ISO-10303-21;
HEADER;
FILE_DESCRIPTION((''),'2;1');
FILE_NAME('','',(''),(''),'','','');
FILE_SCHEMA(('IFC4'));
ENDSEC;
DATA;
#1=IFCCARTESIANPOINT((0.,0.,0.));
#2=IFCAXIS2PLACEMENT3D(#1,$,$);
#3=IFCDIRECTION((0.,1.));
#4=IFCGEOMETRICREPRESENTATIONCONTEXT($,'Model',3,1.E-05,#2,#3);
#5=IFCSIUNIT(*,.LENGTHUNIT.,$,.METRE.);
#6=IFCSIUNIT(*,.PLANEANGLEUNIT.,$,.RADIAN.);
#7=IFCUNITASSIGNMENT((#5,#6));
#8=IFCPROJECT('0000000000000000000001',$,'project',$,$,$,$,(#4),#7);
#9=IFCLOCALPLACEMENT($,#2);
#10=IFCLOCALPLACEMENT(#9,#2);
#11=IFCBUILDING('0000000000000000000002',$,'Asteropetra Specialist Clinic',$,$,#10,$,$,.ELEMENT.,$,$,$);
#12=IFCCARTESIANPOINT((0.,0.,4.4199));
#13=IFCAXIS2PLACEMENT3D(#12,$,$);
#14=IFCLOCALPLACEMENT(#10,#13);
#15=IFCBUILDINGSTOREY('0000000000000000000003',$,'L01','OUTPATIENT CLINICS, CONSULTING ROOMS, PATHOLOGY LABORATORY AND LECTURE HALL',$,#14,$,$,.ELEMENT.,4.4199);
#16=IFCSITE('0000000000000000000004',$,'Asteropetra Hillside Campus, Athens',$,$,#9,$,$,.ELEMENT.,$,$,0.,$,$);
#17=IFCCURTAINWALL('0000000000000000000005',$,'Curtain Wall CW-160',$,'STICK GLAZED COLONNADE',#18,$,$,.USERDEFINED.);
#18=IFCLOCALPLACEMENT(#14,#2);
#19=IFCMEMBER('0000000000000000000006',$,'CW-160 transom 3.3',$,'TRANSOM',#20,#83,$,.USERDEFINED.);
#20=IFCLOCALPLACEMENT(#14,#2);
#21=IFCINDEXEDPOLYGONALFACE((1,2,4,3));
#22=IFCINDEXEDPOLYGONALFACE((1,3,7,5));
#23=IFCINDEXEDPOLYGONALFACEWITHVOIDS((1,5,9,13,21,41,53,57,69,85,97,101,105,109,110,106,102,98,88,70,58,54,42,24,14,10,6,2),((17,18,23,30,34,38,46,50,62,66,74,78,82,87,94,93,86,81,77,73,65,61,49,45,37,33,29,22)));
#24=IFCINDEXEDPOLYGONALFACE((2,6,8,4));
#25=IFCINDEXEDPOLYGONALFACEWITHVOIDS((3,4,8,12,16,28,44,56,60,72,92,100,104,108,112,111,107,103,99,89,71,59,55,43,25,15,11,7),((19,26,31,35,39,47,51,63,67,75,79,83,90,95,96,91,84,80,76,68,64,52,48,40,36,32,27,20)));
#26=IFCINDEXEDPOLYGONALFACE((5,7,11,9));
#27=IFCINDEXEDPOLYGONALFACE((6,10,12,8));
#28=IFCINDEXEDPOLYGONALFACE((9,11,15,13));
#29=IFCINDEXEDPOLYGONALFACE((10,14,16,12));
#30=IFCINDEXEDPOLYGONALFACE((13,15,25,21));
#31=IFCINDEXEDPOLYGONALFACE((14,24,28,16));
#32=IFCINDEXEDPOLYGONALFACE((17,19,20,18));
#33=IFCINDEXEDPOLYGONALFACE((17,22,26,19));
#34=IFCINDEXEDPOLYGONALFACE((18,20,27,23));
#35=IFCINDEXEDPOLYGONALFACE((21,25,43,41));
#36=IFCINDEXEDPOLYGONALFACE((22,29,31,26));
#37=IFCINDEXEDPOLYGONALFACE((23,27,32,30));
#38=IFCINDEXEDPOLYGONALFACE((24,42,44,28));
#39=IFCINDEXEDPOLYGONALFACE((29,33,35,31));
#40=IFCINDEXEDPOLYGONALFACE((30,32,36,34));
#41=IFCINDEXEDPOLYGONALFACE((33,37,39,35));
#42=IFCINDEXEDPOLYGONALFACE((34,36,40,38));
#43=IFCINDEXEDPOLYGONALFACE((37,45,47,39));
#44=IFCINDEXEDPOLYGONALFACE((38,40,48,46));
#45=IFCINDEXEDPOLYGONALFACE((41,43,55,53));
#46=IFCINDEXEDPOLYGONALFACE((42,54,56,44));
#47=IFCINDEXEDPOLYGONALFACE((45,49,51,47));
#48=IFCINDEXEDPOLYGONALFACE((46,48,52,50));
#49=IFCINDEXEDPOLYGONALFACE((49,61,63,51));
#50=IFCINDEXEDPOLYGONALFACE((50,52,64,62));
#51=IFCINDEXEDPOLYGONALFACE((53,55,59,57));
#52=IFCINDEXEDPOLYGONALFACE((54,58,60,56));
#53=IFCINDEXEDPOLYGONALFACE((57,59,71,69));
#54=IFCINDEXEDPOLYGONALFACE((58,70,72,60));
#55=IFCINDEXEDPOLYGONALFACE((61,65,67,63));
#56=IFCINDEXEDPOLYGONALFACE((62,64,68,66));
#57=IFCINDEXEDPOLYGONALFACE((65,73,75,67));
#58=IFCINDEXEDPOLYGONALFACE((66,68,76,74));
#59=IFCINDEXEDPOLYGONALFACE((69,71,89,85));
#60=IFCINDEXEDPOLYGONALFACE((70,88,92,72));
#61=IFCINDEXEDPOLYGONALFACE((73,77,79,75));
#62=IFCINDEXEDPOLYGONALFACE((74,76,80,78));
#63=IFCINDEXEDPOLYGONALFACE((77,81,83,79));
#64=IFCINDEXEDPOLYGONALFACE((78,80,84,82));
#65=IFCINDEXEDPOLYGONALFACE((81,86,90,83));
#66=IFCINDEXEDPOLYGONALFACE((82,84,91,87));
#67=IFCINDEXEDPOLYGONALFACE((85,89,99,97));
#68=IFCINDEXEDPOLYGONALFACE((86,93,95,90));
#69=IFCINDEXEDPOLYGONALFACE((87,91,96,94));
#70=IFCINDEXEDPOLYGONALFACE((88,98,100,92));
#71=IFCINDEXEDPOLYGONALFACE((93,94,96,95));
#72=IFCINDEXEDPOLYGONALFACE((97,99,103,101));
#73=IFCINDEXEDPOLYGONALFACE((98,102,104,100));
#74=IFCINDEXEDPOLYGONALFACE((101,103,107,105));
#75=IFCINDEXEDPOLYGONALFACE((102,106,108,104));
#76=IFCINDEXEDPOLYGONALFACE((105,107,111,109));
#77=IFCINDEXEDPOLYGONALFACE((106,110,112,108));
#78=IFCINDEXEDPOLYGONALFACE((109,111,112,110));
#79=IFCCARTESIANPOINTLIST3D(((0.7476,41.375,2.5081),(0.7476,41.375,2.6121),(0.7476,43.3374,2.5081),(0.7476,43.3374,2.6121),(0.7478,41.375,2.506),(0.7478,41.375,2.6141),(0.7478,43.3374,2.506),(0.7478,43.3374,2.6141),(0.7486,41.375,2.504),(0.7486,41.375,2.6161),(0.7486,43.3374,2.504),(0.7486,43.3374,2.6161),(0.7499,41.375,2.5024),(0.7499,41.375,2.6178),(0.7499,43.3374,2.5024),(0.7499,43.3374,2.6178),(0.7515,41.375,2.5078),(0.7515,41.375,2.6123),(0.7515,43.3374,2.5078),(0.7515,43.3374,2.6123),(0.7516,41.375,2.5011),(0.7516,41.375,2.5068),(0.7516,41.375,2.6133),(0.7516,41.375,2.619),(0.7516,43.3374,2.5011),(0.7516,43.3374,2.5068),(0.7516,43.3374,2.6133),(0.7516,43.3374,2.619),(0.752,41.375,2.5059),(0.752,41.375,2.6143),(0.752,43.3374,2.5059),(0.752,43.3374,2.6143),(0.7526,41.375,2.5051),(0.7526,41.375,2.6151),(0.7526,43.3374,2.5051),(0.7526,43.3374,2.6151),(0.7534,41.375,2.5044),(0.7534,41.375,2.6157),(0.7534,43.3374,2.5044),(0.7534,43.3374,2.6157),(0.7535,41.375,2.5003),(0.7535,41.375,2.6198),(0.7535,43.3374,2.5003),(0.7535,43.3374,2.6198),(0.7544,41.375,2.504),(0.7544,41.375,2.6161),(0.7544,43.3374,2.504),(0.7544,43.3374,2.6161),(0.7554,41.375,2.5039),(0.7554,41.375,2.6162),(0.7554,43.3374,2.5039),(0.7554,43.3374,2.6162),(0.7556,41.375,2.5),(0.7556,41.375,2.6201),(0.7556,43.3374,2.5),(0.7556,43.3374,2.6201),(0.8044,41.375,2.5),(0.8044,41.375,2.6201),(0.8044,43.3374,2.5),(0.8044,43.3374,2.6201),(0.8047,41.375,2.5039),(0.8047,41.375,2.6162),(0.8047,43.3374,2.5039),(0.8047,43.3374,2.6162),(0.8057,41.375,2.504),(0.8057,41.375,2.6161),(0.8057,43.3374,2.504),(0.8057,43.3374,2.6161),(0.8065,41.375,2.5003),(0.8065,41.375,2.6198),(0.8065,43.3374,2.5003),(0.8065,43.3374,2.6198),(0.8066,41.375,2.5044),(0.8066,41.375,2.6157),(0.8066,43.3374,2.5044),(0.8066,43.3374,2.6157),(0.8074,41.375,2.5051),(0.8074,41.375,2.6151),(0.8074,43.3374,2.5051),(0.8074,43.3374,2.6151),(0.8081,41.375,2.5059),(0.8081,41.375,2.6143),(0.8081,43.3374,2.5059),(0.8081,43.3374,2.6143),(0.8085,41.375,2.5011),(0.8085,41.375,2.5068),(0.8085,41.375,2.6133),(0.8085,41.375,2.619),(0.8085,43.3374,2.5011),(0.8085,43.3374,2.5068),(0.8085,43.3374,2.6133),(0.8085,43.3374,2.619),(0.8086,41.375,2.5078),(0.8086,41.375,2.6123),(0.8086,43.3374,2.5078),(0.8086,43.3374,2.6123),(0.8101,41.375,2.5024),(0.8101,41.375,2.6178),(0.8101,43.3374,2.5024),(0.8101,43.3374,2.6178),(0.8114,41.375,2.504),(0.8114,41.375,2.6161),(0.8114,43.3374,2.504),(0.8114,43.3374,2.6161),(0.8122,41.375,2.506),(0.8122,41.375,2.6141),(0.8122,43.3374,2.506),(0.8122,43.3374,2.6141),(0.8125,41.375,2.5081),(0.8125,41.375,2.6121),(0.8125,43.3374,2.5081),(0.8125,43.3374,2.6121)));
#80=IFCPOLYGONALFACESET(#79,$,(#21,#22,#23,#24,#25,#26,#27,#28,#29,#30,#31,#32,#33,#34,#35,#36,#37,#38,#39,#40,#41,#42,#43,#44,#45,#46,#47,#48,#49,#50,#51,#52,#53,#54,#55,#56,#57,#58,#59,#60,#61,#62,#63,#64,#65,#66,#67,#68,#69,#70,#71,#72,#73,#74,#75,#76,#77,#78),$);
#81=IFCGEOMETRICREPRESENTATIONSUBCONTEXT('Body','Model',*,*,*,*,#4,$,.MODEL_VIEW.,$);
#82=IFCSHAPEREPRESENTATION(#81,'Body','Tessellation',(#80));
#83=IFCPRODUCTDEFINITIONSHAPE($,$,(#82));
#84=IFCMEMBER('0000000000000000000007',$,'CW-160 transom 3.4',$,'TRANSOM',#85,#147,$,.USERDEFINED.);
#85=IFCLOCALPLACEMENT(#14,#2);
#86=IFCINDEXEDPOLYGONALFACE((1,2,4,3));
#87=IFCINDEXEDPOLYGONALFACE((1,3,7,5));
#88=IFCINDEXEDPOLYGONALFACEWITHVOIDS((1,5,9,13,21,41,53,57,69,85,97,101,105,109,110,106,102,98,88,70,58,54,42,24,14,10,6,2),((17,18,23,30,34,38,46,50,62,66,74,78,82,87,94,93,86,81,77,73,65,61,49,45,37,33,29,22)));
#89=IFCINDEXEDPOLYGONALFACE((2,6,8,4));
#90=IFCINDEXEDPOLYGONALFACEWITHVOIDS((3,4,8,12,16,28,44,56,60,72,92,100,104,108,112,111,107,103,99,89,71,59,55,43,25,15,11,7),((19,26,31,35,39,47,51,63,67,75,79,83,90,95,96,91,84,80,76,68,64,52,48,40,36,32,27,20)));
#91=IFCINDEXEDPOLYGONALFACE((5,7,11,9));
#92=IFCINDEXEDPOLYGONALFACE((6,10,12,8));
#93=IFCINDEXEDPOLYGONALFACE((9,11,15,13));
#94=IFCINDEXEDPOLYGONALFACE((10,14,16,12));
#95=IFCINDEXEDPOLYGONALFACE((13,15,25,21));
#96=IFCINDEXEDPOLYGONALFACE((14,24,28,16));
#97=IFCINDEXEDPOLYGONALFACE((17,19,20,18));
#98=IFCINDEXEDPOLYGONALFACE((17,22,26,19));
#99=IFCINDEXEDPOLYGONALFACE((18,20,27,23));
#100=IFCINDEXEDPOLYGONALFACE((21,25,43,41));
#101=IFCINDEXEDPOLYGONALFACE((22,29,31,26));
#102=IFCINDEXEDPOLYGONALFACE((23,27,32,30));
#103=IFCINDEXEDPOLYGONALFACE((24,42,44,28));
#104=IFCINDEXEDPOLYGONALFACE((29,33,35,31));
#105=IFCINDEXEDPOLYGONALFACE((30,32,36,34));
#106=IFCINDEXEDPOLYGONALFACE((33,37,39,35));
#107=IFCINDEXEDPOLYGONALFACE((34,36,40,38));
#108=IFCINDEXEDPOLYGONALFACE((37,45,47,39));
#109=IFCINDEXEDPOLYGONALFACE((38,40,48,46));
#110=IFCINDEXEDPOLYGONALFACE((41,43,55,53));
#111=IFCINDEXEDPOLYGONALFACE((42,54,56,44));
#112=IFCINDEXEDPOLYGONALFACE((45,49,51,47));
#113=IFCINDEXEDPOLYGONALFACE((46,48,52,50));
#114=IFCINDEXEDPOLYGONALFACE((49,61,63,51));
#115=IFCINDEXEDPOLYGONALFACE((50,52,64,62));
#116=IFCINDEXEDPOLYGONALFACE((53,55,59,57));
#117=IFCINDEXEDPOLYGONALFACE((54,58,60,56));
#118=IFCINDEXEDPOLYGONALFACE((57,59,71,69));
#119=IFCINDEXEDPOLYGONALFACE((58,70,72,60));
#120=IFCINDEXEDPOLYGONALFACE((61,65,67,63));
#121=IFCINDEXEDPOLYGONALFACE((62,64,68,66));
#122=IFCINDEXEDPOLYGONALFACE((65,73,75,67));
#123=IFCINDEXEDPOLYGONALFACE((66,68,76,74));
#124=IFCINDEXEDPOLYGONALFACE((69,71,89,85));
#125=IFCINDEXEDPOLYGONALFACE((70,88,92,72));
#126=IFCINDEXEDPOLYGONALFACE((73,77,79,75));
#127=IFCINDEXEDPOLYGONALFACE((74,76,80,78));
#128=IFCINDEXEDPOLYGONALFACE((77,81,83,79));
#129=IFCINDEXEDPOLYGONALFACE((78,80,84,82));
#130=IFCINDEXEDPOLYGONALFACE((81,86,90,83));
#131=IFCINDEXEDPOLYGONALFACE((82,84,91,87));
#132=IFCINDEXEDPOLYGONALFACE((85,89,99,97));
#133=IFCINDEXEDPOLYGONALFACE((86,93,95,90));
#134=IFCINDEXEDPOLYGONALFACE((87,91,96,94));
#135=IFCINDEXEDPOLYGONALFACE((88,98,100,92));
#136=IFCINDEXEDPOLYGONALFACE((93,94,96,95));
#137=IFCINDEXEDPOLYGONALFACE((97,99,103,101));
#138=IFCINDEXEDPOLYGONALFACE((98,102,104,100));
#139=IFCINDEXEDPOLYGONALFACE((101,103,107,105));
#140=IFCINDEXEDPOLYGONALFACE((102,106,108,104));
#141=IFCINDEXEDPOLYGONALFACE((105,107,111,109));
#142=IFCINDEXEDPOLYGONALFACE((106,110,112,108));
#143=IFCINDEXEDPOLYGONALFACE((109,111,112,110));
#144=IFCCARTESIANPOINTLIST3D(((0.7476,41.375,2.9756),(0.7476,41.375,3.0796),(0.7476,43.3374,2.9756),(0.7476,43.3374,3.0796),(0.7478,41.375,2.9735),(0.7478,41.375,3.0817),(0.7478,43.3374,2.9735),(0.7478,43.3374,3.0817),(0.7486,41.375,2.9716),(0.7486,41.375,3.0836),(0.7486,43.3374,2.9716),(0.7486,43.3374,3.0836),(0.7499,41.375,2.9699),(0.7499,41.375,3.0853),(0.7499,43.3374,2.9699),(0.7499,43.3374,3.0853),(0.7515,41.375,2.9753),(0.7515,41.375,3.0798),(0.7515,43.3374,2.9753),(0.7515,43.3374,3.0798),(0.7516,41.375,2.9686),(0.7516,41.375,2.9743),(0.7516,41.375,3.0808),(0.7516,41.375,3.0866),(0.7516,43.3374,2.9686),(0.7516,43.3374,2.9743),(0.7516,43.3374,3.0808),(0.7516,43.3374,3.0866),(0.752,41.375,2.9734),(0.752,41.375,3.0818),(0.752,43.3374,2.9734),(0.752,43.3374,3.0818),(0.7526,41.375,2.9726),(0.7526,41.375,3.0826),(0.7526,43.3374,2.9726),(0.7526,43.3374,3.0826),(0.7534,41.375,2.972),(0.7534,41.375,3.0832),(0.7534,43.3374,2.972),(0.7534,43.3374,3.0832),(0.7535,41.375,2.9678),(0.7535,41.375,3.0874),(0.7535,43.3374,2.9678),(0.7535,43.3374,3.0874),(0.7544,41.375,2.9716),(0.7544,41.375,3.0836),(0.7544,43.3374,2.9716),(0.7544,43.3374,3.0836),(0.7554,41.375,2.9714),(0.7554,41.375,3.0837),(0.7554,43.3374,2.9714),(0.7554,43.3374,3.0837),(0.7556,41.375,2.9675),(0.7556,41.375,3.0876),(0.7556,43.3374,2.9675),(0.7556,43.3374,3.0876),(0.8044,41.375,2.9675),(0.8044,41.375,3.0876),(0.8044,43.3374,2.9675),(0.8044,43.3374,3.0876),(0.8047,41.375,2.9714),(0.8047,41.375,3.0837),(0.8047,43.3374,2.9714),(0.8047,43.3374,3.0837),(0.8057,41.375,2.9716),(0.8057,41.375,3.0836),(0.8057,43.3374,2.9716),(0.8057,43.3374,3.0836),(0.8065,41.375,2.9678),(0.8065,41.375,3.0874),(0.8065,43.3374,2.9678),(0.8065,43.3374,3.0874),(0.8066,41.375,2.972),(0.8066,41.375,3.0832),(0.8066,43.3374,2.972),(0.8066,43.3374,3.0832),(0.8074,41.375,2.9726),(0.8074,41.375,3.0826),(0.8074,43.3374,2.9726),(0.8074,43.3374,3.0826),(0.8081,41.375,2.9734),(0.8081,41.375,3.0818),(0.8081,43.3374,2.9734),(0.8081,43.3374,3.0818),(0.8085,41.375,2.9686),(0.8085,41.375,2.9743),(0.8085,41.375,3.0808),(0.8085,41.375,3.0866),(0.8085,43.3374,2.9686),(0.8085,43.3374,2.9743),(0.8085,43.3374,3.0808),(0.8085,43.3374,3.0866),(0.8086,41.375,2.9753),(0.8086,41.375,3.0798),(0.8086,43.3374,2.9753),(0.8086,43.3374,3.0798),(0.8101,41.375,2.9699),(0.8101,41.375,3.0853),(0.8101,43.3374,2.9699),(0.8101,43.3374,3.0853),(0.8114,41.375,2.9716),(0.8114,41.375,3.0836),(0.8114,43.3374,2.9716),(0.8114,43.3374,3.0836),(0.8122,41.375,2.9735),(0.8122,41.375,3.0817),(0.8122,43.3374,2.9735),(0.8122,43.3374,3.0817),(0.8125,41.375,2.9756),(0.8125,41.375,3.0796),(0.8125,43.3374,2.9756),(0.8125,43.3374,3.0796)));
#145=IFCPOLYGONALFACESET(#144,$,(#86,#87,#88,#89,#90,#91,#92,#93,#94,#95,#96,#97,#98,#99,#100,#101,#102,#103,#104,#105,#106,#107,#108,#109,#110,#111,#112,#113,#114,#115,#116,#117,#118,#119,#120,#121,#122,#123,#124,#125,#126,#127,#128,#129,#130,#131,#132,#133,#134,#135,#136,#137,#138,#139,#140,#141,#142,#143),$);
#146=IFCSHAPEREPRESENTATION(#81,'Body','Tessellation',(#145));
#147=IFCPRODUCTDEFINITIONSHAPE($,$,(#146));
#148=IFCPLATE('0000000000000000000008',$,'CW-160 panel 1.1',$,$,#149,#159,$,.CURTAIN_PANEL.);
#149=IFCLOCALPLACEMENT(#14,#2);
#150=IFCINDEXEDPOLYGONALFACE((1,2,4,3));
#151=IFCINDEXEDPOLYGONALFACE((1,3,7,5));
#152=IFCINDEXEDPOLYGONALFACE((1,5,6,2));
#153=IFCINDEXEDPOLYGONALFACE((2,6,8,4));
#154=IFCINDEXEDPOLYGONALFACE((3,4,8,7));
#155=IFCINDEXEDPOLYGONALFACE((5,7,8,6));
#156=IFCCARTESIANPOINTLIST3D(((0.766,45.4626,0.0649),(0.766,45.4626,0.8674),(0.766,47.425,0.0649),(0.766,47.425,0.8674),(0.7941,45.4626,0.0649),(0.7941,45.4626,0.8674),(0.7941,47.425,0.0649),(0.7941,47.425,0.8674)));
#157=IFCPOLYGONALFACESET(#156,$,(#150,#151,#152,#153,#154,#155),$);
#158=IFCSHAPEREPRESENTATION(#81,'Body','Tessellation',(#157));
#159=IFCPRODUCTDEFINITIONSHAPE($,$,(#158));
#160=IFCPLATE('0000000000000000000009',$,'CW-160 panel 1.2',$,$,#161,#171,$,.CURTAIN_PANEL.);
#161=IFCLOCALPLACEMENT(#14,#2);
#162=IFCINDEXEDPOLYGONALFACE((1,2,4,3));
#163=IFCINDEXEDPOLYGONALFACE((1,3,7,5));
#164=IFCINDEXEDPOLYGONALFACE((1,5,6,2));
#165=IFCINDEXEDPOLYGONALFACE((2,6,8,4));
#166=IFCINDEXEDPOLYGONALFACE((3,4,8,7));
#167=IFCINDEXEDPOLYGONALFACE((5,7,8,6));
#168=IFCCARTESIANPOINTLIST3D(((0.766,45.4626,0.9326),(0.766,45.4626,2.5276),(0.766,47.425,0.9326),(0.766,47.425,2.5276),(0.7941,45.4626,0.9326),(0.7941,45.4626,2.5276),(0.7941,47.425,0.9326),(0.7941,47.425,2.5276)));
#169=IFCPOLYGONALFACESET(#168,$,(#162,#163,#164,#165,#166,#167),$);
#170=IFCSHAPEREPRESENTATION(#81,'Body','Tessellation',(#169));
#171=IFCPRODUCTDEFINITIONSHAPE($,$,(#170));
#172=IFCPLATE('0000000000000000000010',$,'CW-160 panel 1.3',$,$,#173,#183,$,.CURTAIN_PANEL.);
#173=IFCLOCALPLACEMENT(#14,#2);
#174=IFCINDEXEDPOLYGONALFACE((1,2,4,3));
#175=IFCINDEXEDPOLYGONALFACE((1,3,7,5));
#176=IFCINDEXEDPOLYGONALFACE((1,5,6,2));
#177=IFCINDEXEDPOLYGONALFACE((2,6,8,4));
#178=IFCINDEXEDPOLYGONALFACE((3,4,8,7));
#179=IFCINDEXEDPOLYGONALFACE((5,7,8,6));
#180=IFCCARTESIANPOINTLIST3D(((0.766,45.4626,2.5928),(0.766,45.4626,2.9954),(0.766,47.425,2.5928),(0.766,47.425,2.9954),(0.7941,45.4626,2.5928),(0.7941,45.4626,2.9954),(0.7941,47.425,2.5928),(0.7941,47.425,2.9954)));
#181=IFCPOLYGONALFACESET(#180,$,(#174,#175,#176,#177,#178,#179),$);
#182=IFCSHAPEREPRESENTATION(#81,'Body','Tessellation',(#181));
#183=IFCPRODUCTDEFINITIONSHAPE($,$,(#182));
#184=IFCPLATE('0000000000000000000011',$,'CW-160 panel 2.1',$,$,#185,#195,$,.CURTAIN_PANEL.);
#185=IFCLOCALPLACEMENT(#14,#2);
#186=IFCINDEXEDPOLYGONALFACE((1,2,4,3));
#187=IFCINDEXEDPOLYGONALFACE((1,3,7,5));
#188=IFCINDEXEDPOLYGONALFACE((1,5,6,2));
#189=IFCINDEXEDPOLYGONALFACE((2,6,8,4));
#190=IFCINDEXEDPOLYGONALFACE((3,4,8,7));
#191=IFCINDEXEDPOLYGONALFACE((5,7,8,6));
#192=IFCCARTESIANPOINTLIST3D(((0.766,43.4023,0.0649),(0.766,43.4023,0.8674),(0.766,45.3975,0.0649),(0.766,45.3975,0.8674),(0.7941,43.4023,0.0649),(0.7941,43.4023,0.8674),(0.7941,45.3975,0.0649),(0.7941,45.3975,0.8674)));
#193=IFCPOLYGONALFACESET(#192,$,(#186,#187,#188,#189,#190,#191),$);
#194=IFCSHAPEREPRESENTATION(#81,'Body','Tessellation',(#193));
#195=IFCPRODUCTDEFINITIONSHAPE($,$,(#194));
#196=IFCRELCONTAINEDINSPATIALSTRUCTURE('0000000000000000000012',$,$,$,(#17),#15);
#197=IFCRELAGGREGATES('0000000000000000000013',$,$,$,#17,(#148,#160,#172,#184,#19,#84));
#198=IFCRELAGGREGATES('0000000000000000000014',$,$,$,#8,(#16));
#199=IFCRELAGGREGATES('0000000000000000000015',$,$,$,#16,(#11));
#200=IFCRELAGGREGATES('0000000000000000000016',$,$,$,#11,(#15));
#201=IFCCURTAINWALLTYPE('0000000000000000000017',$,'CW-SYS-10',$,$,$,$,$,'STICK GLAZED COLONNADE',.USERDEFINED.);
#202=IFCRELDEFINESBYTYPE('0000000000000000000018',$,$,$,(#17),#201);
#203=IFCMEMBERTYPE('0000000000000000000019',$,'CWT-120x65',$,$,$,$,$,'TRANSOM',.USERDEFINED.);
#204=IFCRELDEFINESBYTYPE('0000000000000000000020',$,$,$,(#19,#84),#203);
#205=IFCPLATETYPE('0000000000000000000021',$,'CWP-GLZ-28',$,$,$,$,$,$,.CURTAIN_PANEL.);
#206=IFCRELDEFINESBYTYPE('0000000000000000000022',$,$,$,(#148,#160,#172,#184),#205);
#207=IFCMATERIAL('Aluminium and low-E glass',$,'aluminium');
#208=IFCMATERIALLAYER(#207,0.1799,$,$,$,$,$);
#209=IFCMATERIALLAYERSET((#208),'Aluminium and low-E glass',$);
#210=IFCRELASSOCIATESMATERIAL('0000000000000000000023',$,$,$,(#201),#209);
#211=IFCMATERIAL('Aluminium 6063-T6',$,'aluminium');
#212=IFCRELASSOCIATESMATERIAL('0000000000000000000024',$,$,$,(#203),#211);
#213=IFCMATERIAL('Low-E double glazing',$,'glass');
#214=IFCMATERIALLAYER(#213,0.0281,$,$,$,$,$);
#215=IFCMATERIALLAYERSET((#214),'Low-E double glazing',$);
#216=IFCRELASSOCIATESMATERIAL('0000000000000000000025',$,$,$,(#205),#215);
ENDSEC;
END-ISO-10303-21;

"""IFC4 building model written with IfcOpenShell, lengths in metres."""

from ifc_helpers import new_model, si_unit, direction, frame, origin, origin_2d, place, context, subcontext, project, spatial, rectangle, hollow_rectangle, extrude, material, layer, layer_set, material_profile, profile_set, type_object, element, aggregate, save


model = new_model("IFC4")

# Units and contexts
model_context = context("Model", 3, precision=1e-05, world=origin(), true_north=direction((0.0, 1.0)))
body_context = subcontext(model_context, "Body", "Model", "MODEL_VIEW")
ifc_project = project(units=[si_unit("LENGTHUNIT", "METRE"), si_unit("PLANEANGLEUNIT", "RADIAN")], contexts=[model_context])

# Site, building, storey
site_placement = place(None, origin())
site = spatial("IfcSite", under=ifc_project, at=site_placement, Name="Asteropetra Hillside Campus, Athens", CompositionType="ELEMENT", RefElevation=0.0)
building_placement = place(site_placement, origin())
building = spatial("IfcBuilding", under=site, at=building_placement, Name="Asteropetra Specialist Clinic", CompositionType="ELEMENT")
storey_placement = place(building_placement, frame((0.0, 0.0, 4.4199)))
storey = spatial("IfcBuildingStorey", under=building, at=storey_placement, Name="L01", Description="OUTPATIENT CLINICS, CONSULTING ROOMS, PATHOLOGY LABORATORY AND LECTURE HALL", CompositionType="ELEMENT", Elevation=4.4199)

# Curtain wall, members, plates
ifc_material_1 = material(Name="Aluminium and low-E glass", Category="aluminium")
ifc_layer_1 = layer(ifc_material_1, 0.1799)
ifc_layer_set_1 = layer_set([ifc_layer_1], Name="Aluminium and low-E glass")
curtain_wall_type = type_object("IfcCurtainWallType", Name="CW-SYS-10", ElementType="STICK GLAZED COLONNADE", PredefinedType="USERDEFINED", material=ifc_layer_set_1)
curtain_wall_placement = place(storey_placement, origin())
curtain_wall = element("IfcCurtainWall", 1, at=curtain_wall_placement, inside=storey, type_object=curtain_wall_type, Name="Curtain Wall CW-160", ObjectType="STICK GLAZED COLONNADE", PredefinedType="USERDEFINED")
ifc_material_2 = material(Name="Aluminium 6063-T6", Category="aluminium")
ifc_material_profile_1 = material_profile(ifc_material_2, hollow_rectangle(XDim=0.0649, YDim=0.1201, WallThickness=0.0039, InnerFilletRadius=0.0039, OuterFilletRadius=0.0081, at=origin_2d()), Name="TRN 120x65x4.0")
ifc_profile_set_1 = profile_set([ifc_material_profile_1], Name="Aluminium 6063-T6")
member_type_1 = type_object("IfcMemberType", Name="CWT-120x65", ElementType="TRANSOM", PredefinedType="USERDEFINED", material=ifc_profile_set_1)
member_1_placement = place(storey_placement, frame((0.78, 43.3374, 2.5601), z_axis=(0.0, -1.0, 0.0), x_axis=(1.0, 0.0, 0.0)))
member_1 = element("IfcMember", 2, at=member_1_placement, type_object=member_type_1, Name="CW-160 transom 3.3", ObjectType="TRANSOM", PredefinedType="USERDEFINED", context=body_context, shape_type="SweptSolid", body=[
    extrude(hollow_rectangle(XDim=0.0649, YDim=0.1201, WallThickness=0.0039, InnerFilletRadius=0.0039, OuterFilletRadius=0.0081, at=origin_2d()), origin(), (0.0, 0.0, 1.0), 1.9624),
])
member_2_placement = place(storey_placement, frame((0.78, 43.3374, 3.0276), z_axis=(0.0, -1.0, 0.0), x_axis=(1.0, 0.0, 0.0)))
member_2 = element("IfcMember", 3, at=member_2_placement, type_object=member_type_1, Name="CW-160 transom 3.4", ObjectType="TRANSOM", PredefinedType="USERDEFINED", context=body_context, shape_type="SweptSolid", body=[
    extrude(hollow_rectangle(XDim=0.0649, YDim=0.1201, WallThickness=0.0039, InnerFilletRadius=0.0039, OuterFilletRadius=0.0081, at=origin_2d()), origin(), (0.0, 0.0, 1.0), 1.9624),
])
ifc_material_3 = material(Name="Low-E double glazing", Category="glass")
ifc_layer_2 = layer(ifc_material_3, 0.0281)
ifc_layer_set_2 = layer_set([ifc_layer_2], Name="Low-E double glazing")
plate_type = type_object("IfcPlateType", Name="CWP-GLZ-28", PredefinedType="CURTAIN_PANEL", material=ifc_layer_set_2)
plate_1_placement = place(storey_placement, frame((0.78, 46.4438, 0.0649), z_axis=(0.0, 0.0, 1.0), x_axis=(0.0, -1.0, 0.0)))
plate_1 = element("IfcPlate", 4, at=plate_1_placement, type_object=plate_type, Name="CW-160 panel 1.1", PredefinedType="CURTAIN_PANEL", context=body_context, shape_type="SweptSolid", body=[
    extrude(rectangle(XDim=1.9624, YDim=0.0281, at=origin_2d()), origin(), (0.0, 0.0, 1.0), 0.8025),
])
plate_2_placement = place(storey_placement, frame((0.78, 46.4438, 0.9326), z_axis=(0.0, 0.0, 1.0), x_axis=(0.0, -1.0, 0.0)))
plate_2 = element("IfcPlate", 5, at=plate_2_placement, type_object=plate_type, Name="CW-160 panel 1.2", PredefinedType="CURTAIN_PANEL", context=body_context, shape_type="SweptSolid", body=[
    extrude(rectangle(XDim=1.9624, YDim=0.0281, at=origin_2d()), origin(), (0.0, 0.0, 1.0), 1.595),
])
plate_3_placement = place(storey_placement, frame((0.78, 46.4438, 2.5928), z_axis=(0.0, 0.0, 1.0), x_axis=(0.0, -1.0, 0.0)))
plate_3 = element("IfcPlate", 6, at=plate_3_placement, type_object=plate_type, Name="CW-160 panel 1.3", PredefinedType="CURTAIN_PANEL", context=body_context, shape_type="SweptSolid", body=[
    extrude(rectangle(XDim=1.9624, YDim=0.0281, at=origin_2d()), origin(), (0.0, 0.0, 1.0), 0.4026),
])
plate_4_placement = place(storey_placement, frame((0.78, 44.3999, 0.0649), z_axis=(0.0, 0.0, 1.0), x_axis=(0.0, -1.0, 0.0)))
plate_4 = element("IfcPlate", 7, at=plate_4_placement, type_object=plate_type, Name="CW-160 panel 2.1", PredefinedType="CURTAIN_PANEL", context=body_context, shape_type="SweptSolid", body=[
    extrude(rectangle(XDim=1.9951, YDim=0.0281, at=origin_2d()), origin(), (0.0, 0.0, 1.0), 0.8025),
])
aggregate(curtain_wall, [plate_1, plate_2, plate_3, plate_4, member_1, member_2])

save(model, "model.ifc")
